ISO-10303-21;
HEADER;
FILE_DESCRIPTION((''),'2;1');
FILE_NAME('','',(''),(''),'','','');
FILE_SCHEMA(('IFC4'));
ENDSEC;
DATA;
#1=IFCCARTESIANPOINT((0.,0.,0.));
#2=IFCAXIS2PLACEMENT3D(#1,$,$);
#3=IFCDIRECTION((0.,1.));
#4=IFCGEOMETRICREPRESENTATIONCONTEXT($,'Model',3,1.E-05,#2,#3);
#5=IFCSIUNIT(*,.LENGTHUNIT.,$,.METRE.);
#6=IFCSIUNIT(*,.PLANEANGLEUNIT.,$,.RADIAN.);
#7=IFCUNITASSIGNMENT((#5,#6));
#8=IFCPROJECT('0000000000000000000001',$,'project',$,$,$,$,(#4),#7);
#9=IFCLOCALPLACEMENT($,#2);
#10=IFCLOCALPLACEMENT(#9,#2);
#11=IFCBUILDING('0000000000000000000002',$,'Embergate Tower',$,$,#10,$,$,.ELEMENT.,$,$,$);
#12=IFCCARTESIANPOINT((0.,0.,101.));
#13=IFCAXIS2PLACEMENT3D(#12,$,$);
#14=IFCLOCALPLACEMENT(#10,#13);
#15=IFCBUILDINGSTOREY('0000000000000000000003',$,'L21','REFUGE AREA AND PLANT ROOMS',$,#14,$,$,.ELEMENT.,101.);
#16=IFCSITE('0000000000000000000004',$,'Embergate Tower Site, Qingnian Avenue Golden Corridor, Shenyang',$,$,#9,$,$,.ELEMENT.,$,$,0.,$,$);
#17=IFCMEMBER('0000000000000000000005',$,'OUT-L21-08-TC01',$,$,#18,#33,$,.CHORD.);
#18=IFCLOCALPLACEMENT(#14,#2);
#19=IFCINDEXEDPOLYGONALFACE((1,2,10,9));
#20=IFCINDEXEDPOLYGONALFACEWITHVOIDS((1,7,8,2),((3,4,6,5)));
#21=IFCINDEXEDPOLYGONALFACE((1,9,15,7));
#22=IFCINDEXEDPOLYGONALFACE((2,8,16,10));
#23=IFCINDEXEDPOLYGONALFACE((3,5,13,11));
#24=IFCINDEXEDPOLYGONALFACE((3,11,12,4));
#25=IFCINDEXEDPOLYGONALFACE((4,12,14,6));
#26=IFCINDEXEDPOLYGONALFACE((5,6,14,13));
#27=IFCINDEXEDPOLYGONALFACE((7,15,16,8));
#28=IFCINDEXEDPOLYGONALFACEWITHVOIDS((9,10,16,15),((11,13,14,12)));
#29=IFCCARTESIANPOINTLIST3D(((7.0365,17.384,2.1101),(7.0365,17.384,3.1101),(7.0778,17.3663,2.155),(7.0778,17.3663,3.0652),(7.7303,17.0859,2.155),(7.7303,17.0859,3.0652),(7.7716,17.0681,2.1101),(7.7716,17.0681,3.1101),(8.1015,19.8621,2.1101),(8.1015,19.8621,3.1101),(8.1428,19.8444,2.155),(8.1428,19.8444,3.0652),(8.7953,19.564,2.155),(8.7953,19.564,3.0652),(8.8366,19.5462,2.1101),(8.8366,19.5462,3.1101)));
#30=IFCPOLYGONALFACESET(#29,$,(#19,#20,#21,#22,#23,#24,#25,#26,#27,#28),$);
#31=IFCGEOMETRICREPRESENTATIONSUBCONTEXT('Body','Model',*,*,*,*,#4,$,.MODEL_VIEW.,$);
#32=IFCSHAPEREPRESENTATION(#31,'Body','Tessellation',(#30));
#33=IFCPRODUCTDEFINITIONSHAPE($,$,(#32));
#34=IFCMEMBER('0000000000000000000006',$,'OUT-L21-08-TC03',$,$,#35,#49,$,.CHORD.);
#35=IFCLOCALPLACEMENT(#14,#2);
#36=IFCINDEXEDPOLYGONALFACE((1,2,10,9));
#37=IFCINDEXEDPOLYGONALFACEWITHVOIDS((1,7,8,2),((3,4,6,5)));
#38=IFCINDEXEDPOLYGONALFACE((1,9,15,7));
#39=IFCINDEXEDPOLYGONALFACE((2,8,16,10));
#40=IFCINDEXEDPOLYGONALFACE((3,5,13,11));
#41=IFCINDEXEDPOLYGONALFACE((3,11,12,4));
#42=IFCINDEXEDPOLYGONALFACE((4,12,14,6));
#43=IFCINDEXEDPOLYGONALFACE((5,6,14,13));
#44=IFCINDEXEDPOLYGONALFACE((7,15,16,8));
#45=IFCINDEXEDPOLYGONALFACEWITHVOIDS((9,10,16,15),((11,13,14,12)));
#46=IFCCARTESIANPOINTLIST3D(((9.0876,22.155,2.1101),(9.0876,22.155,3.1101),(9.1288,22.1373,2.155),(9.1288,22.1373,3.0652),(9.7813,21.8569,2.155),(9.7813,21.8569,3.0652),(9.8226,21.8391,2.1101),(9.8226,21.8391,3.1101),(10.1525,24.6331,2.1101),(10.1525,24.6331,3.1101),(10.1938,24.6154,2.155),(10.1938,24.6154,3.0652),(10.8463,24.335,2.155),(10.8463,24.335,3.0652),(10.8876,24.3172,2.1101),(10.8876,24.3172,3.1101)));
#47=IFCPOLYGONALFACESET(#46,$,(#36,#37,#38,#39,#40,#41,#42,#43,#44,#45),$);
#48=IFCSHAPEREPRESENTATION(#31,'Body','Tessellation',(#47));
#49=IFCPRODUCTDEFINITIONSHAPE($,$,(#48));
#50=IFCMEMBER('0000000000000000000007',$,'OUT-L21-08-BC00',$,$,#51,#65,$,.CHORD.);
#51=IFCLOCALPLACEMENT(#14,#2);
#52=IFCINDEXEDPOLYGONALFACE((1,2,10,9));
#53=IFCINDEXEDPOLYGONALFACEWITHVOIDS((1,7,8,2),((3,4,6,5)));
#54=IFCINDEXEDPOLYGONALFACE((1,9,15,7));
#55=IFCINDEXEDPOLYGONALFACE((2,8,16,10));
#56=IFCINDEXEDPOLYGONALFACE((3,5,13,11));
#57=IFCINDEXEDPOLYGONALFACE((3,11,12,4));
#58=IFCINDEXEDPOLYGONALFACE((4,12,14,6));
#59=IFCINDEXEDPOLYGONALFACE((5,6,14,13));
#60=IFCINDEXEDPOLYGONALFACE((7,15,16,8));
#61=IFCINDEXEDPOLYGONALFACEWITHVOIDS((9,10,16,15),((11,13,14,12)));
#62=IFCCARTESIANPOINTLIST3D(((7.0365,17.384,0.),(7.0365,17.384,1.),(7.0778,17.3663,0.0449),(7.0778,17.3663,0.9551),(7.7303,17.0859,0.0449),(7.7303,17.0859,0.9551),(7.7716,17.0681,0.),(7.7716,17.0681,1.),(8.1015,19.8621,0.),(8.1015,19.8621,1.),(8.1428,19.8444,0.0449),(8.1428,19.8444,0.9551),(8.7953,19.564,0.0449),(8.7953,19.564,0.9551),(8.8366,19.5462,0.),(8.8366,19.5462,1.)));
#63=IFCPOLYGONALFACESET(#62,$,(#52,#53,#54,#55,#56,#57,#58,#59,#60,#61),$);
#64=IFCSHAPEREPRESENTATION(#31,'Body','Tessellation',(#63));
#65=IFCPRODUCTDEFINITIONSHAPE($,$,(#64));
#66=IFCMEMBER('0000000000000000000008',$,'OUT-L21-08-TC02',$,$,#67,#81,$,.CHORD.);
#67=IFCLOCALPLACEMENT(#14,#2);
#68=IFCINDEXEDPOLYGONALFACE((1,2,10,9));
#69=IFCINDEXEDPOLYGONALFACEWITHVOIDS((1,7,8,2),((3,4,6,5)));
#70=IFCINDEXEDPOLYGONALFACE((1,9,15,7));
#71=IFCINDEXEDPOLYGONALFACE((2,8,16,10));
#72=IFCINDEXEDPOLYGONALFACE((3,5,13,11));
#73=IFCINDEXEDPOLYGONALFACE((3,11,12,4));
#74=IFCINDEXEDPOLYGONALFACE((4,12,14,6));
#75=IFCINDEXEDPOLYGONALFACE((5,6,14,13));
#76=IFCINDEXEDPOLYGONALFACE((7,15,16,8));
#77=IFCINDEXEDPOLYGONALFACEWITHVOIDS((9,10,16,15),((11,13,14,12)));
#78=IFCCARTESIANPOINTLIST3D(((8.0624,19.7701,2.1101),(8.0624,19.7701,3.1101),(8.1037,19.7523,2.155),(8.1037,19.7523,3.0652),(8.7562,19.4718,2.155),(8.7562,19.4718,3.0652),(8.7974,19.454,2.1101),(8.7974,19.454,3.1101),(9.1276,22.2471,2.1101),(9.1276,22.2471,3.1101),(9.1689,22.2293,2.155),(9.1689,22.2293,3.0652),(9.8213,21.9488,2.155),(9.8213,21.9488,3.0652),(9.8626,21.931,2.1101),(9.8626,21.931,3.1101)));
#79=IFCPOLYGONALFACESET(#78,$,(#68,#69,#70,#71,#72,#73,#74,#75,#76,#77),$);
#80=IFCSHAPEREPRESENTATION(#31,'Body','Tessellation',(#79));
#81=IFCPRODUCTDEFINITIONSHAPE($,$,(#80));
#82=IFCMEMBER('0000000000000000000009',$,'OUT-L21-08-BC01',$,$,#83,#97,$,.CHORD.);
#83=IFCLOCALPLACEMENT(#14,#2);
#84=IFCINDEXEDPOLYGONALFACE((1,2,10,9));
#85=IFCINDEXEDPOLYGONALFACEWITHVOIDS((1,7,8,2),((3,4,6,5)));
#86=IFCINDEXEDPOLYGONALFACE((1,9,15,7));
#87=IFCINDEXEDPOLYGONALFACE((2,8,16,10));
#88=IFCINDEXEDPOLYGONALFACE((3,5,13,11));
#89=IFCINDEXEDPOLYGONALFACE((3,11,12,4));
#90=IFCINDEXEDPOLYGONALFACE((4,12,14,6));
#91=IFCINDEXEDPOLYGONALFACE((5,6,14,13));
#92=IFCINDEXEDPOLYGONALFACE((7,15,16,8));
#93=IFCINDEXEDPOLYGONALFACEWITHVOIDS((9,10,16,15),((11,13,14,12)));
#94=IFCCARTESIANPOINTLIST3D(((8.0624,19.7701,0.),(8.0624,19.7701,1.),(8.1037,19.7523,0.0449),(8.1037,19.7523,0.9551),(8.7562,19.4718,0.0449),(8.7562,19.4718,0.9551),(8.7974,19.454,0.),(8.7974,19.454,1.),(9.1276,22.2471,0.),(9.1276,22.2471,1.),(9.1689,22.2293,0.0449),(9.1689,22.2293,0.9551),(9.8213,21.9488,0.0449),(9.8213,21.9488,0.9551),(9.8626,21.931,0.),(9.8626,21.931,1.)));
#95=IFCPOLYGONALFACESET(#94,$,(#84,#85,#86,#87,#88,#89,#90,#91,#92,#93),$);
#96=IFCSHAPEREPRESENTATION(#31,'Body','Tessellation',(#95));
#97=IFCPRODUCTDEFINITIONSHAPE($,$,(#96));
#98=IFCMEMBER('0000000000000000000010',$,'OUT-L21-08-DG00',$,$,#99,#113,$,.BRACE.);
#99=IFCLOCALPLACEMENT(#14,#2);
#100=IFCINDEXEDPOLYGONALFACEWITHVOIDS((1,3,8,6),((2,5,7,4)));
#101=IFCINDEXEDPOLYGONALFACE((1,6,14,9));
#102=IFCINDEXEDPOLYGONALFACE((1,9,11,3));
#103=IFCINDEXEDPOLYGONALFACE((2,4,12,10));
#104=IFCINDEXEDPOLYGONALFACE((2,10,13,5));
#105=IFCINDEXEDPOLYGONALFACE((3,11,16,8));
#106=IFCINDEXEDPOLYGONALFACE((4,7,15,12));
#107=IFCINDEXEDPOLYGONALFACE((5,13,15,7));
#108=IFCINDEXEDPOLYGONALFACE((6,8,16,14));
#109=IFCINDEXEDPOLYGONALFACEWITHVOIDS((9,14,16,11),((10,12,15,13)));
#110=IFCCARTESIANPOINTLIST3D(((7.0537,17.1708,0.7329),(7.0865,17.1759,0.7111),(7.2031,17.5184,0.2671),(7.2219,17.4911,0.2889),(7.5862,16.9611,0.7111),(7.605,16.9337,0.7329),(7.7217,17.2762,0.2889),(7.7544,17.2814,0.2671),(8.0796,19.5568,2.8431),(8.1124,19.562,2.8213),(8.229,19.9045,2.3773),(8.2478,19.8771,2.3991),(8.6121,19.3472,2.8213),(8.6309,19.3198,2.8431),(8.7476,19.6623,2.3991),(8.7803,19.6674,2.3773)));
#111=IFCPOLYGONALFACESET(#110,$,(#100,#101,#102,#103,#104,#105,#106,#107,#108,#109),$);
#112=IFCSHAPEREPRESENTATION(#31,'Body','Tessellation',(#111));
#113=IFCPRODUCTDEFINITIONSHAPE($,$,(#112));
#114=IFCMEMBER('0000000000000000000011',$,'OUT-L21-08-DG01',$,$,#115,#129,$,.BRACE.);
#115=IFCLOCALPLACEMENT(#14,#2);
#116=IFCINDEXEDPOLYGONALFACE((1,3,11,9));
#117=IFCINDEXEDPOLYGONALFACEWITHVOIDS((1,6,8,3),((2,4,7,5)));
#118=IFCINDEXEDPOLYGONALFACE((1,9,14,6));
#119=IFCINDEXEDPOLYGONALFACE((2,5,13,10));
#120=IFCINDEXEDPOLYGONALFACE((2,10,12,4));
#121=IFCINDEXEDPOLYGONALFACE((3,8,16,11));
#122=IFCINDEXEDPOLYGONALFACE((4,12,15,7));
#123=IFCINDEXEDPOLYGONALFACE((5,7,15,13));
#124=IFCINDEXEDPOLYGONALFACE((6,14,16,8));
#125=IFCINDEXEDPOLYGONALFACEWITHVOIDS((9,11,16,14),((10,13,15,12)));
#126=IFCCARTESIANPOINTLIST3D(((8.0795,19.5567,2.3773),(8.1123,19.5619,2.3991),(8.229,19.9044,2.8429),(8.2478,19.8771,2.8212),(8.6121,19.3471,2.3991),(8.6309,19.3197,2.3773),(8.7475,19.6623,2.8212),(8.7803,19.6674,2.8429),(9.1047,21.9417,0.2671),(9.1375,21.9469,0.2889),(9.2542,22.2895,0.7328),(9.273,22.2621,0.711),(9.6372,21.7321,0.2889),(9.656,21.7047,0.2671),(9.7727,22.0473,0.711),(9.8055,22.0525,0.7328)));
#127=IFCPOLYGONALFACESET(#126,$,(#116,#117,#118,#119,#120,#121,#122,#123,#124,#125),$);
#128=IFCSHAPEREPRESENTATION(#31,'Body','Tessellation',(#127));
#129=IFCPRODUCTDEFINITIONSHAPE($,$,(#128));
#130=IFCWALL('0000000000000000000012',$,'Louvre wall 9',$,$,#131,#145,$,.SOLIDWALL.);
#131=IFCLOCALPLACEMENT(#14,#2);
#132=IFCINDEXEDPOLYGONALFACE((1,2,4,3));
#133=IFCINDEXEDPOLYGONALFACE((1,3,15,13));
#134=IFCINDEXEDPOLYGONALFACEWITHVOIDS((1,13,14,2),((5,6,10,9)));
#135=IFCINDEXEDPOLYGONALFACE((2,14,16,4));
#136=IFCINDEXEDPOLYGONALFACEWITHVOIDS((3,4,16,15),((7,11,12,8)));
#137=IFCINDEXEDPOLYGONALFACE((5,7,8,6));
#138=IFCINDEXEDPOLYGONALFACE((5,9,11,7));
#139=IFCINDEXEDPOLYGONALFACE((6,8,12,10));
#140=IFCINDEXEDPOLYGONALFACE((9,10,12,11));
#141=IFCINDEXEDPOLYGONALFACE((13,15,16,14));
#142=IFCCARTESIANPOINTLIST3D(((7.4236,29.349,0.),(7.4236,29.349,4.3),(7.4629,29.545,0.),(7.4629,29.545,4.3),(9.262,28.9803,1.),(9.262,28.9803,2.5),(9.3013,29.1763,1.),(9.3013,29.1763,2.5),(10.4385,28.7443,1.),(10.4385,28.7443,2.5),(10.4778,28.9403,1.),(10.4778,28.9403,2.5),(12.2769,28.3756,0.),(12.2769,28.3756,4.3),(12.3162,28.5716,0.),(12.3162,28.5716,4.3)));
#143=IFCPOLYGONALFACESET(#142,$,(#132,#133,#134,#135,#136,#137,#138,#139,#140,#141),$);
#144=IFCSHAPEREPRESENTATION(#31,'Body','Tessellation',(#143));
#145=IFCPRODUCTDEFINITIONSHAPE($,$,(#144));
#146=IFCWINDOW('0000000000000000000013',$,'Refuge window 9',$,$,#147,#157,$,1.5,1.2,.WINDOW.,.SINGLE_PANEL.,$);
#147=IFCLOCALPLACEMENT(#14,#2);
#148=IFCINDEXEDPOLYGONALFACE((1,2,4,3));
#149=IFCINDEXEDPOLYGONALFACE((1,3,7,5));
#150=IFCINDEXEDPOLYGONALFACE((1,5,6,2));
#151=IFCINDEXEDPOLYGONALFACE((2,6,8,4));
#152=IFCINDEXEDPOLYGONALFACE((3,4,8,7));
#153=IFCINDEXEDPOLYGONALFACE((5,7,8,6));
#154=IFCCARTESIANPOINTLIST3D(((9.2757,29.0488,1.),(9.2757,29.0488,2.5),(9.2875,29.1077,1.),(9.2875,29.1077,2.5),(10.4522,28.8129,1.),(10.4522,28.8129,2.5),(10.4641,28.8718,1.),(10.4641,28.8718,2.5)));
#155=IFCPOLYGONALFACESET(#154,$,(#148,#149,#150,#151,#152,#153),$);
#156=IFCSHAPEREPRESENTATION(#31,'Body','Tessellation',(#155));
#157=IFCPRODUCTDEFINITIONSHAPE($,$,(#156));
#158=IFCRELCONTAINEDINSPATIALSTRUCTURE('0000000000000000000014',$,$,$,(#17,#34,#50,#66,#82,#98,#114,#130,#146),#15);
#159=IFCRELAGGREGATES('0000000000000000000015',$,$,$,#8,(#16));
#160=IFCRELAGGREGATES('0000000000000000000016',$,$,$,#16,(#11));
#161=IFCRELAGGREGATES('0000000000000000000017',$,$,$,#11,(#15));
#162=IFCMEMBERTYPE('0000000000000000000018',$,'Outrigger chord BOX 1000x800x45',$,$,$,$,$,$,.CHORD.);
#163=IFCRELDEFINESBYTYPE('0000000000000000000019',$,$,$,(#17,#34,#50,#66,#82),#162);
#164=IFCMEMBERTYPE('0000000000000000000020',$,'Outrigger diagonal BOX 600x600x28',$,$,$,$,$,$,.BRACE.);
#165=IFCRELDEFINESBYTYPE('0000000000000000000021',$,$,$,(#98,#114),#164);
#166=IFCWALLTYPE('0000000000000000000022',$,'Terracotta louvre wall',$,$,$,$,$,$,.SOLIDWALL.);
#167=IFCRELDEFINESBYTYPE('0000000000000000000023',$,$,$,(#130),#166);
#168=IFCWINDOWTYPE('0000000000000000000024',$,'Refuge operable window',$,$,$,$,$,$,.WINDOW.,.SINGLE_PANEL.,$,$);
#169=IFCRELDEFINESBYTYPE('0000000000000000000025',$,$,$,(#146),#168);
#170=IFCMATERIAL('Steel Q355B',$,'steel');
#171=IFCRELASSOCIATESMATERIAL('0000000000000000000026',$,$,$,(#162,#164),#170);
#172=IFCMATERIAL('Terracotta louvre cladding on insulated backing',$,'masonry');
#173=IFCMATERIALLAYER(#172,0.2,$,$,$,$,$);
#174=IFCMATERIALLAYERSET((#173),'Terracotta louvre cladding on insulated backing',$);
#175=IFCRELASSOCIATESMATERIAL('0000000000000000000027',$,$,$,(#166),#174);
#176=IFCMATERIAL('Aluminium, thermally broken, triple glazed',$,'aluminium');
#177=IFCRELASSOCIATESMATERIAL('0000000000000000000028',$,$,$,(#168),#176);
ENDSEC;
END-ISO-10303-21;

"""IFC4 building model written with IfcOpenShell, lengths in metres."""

from ifc_helpers import new_model, si_unit, direction, frame, frame_2d, origin, origin_2d, place, context, subcontext, project, spatial, rectangle, hollow_rectangle, extrude, source, transform, mapped, material, layer, layer_set, material_profile, profile_set, type_object, element, fill, save


model = new_model("IFC4")

# Units and contexts
model_context = context("Model", 3, precision=1e-05, world=origin(), true_north=direction((0.0, 1.0)))
body_context = subcontext(model_context, "Body", "Model", "MODEL_VIEW")
ifc_project = project(units=[si_unit("LENGTHUNIT", "METRE"), si_unit("PLANEANGLEUNIT", "RADIAN")], contexts=[model_context])

# Site, building, storey
site_placement = place(None, origin())
site = spatial("IfcSite", under=ifc_project, at=site_placement, Name="Embergate Tower Site, Qingnian Avenue Golden Corridor, Shenyang", CompositionType="ELEMENT", RefElevation=0.0)
building_placement = place(site_placement, origin())
building = spatial("IfcBuilding", under=site, at=building_placement, Name="Embergate Tower", CompositionType="ELEMENT")
storey_placement = place(building_placement, frame((0.0, 0.0, 101.0)))
storey = spatial("IfcBuildingStorey", under=building, at=storey_placement, Name="L21", Description="REFUGE AREA AND PLANT ROOMS", CompositionType="ELEMENT", Elevation=101.0)

# Shared definitions
ifc_material_1 = material(Name="Steel Q355B", Category="steel")

# Members
ifc_material_profile_1 = material_profile(ifc_material_1, hollow_rectangle(XDim=0.8, YDim=1.0, WallThickness=0.0449, at=origin_2d()), Name="BOX 1000x800x45")
ifc_profile_set_1 = profile_set([ifc_material_profile_1], Name="Steel Q355 grade B")
member_type_1 = type_object("IfcMemberType", Name="Outrigger chord BOX 1000x800x45", PredefinedType="CHORD", material=ifc_profile_set_1)
shared_shape_1 = source(origin(), body_context, "Body", "SweptSolid", [
    extrude(hollow_rectangle(XDim=0.8, YDim=1.0, WallThickness=0.0449, at=origin_2d()), origin(), (0.0, 0.0, 1.0), 2.6973),
])
for number, where, z_axis, x_axis, name in (
    (1, (7.4041, 17.2261, 2.6101), (0.394837, 0.918751, 0.0), (-0.918751, 0.394837, 0.0), "OUT-L21-08-TC01"),
    (2, (9.4551, 21.9971, 2.6101), (0.394837, 0.918751, 0.0), (-0.918751, 0.394837, 0.0), "OUT-L21-08-TC03"),
    (3, (7.4041, 17.2261, 0.5), (0.394837, 0.918751, 0.0), (-0.918751, 0.394837, 0.0), "OUT-L21-08-BC00"),
):
    element("IfcMember", number, at=place(storey_placement, frame(where, z_axis=z_axis, x_axis=x_axis)), inside=storey, type_object=member_type_1, Name=name, PredefinedType="CHORD", context=body_context, shape_type="MappedRepresentation", body=[
        mapped(shared_shape_1, transform((0.0, 0.0, 0.0))),
    ])
shared_shape_2 = source(origin(), body_context, "Body", "SweptSolid", [
    extrude(hollow_rectangle(XDim=0.8, YDim=1.0, WallThickness=0.0449, at=origin_2d()), origin(), (0.0, 0.0, 1.0), 2.6963),
])
for number, where, z_axis, x_axis, name in (
    (4, (8.4299, 19.6121, 2.6101), (0.395045, 0.918662, 0.0), (-0.918662, 0.395045, 0.0), "OUT-L21-08-TC02"),
    (5, (8.4299, 19.6121, 0.5), (0.395045, 0.918662, 0.0), (-0.918662, 0.395045, 0.0), "OUT-L21-08-BC01"),
):
    element("IfcMember", number, at=place(storey_placement, frame(where, z_axis=z_axis, x_axis=x_axis)), inside=storey, type_object=member_type_1, Name=name, PredefinedType="CHORD", context=body_context, shape_type="MappedRepresentation", body=[
        mapped(shared_shape_2, transform((0.0, 0.0, 0.0))),
    ])
ifc_material_profile_2 = material_profile(ifc_material_1, hollow_rectangle(XDim=0.6001, YDim=0.6001, WallThickness=0.0281, at=origin_2d()), Name="BOX 600x600x28")
ifc_profile_set_2 = profile_set([ifc_material_profile_2], Name="Steel Q355 grade B")
member_type_2 = type_object("IfcMemberType", Name="Outrigger diagonal BOX 600x600x28", PredefinedType="BRACE", material=ifc_profile_set_2)
shared_shape_3 = source(origin(), body_context, "Body", "SweptSolid", [
    extrude(hollow_rectangle(XDim=0.6001, YDim=0.6001, WallThickness=0.0281, at=origin_2d()), origin(), (0.0, 0.0, 1.0), 3.3464),
])
member_1_placement = place(storey_placement, frame((7.4041, 17.2261, 0.5), z_axis=(0.306569, 0.713016, 0.630574), x_axis=(-0.918682, 0.394997, 0.0)))
element("IfcMember", 6, at=member_1_placement, inside=storey, type_object=member_type_2, Name="OUT-L21-08-DG00", PredefinedType="BRACE", context=body_context, shape_type="MappedRepresentation", body=[
    mapped(shared_shape_3, transform((0.0, 0.0, 0.0))),
])
shared_shape_4 = source(origin(), body_context, "Body", "SweptSolid", [
    extrude(hollow_rectangle(XDim=0.6001, YDim=0.6001, WallThickness=0.0281, at=origin_2d()), origin(), (0.0, 0.0, 1.0), 3.3455),
])
member_2_placement = place(storey_placement, frame((8.4299, 19.6121, 2.6101), z_axis=(0.306434, 0.712921, -0.630748), x_axis=(-0.918726, 0.394895, 0.0)))
element("IfcMember", 7, at=member_2_placement, inside=storey, type_object=member_type_2, Name="OUT-L21-08-DG01", PredefinedType="BRACE", context=body_context, shape_type="MappedRepresentation", body=[
    mapped(shared_shape_4, transform((0.0, 0.0, 0.0))),
])

# Wall, opening, window
ifc_material_2 = material(Name="Terracotta louvre cladding on insulated backing", Category="masonry")
ifc_layer_1 = layer(ifc_material_2, 0.2)
ifc_layer_set_1 = layer_set([ifc_layer_1], Name="Terracotta louvre cladding on insulated backing")
wall_type = type_object("IfcWallType", Name="Terracotta louvre wall", PredefinedType="SOLIDWALL", material=ifc_layer_set_1)
shared_shape_5 = source(origin(), body_context, "Body", "SweptSolid", [
    extrude(rectangle(XDim=4.95, YDim=0.2, at=frame_2d((2.4751, 0.0))), origin(), (0.0, 0.0, 1.0), 4.3),
])
wall_1_placement = place(storey_placement, frame((7.4431, 29.447, 0.0), z_axis=(0.0, 0.0, 1.0), x_axis=(0.980474, -0.196647, 0.0)))
wall_1 = element("IfcWall", 8, at=wall_1_placement, inside=storey, type_object=wall_type, Name="Louvre wall 9", PredefinedType="SOLIDWALL", context=body_context, shape_type="MappedRepresentation", body=[
    mapped(shared_shape_5, transform((0.0, 0.0, 0.0))),
])
shared_shape_6 = source(origin(), body_context, "Body", "SweptSolid", [
    extrude(rectangle(XDim=1.2, YDim=1.5, at=frame_2d((0.6001, 0.75))), frame((0.0, 0.1099, 0.0), z_axis=(0.0, -1.0, 0.0), x_axis=(1.0, 0.0, 0.0)), (0.0, 0.0, 1.0), 0.22),
])
opening_1_placement = place(wall_1_placement, frame((1.875, 0.0, 1.0)))
opening_1 = element("IfcOpeningElement", 9, at=opening_1_placement, cuts=wall_1, PredefinedType="OPENING", context=body_context, shape_type="MappedRepresentation", body=[
    mapped(shared_shape_6, transform((0.0, 0.0, 0.0))),
])
ifc_material_3 = material(Name="Aluminium, thermally broken, triple glazed", Category="aluminium")
window_type = type_object("IfcWindowType", Name="Refuge operable window", PartitioningType="SINGLE_PANEL", PredefinedType="WINDOW", material=ifc_material_3)
shared_shape_7 = source(origin(), body_context, "Body", "SweptSolid", [
    extrude(rectangle(XDim=1.2, YDim=1.5, at=frame_2d((0.6001, 0.75))), frame((0.0, 0.03, 0.0), z_axis=(0.0, -1.0, 0.0), x_axis=(1.0, 0.0, 0.0)), (0.0, 0.0, 1.0), 0.0601),
])
window_1_placement = place(opening_1_placement, origin())
window_1 = element("IfcWindow", 10, at=window_1_placement, inside=storey, type_object=window_type, Name="Refuge window 9", OverallHeight=1.5, OverallWidth=1.2, PartitioningType="SINGLE_PANEL", PredefinedType="WINDOW", context=body_context, shape_type="MappedRepresentation", body=[
    mapped(shared_shape_7, transform((0.0, 0.0, 0.0))),
])
fill(opening_1, window_1)

save(model, "model.ifc")
